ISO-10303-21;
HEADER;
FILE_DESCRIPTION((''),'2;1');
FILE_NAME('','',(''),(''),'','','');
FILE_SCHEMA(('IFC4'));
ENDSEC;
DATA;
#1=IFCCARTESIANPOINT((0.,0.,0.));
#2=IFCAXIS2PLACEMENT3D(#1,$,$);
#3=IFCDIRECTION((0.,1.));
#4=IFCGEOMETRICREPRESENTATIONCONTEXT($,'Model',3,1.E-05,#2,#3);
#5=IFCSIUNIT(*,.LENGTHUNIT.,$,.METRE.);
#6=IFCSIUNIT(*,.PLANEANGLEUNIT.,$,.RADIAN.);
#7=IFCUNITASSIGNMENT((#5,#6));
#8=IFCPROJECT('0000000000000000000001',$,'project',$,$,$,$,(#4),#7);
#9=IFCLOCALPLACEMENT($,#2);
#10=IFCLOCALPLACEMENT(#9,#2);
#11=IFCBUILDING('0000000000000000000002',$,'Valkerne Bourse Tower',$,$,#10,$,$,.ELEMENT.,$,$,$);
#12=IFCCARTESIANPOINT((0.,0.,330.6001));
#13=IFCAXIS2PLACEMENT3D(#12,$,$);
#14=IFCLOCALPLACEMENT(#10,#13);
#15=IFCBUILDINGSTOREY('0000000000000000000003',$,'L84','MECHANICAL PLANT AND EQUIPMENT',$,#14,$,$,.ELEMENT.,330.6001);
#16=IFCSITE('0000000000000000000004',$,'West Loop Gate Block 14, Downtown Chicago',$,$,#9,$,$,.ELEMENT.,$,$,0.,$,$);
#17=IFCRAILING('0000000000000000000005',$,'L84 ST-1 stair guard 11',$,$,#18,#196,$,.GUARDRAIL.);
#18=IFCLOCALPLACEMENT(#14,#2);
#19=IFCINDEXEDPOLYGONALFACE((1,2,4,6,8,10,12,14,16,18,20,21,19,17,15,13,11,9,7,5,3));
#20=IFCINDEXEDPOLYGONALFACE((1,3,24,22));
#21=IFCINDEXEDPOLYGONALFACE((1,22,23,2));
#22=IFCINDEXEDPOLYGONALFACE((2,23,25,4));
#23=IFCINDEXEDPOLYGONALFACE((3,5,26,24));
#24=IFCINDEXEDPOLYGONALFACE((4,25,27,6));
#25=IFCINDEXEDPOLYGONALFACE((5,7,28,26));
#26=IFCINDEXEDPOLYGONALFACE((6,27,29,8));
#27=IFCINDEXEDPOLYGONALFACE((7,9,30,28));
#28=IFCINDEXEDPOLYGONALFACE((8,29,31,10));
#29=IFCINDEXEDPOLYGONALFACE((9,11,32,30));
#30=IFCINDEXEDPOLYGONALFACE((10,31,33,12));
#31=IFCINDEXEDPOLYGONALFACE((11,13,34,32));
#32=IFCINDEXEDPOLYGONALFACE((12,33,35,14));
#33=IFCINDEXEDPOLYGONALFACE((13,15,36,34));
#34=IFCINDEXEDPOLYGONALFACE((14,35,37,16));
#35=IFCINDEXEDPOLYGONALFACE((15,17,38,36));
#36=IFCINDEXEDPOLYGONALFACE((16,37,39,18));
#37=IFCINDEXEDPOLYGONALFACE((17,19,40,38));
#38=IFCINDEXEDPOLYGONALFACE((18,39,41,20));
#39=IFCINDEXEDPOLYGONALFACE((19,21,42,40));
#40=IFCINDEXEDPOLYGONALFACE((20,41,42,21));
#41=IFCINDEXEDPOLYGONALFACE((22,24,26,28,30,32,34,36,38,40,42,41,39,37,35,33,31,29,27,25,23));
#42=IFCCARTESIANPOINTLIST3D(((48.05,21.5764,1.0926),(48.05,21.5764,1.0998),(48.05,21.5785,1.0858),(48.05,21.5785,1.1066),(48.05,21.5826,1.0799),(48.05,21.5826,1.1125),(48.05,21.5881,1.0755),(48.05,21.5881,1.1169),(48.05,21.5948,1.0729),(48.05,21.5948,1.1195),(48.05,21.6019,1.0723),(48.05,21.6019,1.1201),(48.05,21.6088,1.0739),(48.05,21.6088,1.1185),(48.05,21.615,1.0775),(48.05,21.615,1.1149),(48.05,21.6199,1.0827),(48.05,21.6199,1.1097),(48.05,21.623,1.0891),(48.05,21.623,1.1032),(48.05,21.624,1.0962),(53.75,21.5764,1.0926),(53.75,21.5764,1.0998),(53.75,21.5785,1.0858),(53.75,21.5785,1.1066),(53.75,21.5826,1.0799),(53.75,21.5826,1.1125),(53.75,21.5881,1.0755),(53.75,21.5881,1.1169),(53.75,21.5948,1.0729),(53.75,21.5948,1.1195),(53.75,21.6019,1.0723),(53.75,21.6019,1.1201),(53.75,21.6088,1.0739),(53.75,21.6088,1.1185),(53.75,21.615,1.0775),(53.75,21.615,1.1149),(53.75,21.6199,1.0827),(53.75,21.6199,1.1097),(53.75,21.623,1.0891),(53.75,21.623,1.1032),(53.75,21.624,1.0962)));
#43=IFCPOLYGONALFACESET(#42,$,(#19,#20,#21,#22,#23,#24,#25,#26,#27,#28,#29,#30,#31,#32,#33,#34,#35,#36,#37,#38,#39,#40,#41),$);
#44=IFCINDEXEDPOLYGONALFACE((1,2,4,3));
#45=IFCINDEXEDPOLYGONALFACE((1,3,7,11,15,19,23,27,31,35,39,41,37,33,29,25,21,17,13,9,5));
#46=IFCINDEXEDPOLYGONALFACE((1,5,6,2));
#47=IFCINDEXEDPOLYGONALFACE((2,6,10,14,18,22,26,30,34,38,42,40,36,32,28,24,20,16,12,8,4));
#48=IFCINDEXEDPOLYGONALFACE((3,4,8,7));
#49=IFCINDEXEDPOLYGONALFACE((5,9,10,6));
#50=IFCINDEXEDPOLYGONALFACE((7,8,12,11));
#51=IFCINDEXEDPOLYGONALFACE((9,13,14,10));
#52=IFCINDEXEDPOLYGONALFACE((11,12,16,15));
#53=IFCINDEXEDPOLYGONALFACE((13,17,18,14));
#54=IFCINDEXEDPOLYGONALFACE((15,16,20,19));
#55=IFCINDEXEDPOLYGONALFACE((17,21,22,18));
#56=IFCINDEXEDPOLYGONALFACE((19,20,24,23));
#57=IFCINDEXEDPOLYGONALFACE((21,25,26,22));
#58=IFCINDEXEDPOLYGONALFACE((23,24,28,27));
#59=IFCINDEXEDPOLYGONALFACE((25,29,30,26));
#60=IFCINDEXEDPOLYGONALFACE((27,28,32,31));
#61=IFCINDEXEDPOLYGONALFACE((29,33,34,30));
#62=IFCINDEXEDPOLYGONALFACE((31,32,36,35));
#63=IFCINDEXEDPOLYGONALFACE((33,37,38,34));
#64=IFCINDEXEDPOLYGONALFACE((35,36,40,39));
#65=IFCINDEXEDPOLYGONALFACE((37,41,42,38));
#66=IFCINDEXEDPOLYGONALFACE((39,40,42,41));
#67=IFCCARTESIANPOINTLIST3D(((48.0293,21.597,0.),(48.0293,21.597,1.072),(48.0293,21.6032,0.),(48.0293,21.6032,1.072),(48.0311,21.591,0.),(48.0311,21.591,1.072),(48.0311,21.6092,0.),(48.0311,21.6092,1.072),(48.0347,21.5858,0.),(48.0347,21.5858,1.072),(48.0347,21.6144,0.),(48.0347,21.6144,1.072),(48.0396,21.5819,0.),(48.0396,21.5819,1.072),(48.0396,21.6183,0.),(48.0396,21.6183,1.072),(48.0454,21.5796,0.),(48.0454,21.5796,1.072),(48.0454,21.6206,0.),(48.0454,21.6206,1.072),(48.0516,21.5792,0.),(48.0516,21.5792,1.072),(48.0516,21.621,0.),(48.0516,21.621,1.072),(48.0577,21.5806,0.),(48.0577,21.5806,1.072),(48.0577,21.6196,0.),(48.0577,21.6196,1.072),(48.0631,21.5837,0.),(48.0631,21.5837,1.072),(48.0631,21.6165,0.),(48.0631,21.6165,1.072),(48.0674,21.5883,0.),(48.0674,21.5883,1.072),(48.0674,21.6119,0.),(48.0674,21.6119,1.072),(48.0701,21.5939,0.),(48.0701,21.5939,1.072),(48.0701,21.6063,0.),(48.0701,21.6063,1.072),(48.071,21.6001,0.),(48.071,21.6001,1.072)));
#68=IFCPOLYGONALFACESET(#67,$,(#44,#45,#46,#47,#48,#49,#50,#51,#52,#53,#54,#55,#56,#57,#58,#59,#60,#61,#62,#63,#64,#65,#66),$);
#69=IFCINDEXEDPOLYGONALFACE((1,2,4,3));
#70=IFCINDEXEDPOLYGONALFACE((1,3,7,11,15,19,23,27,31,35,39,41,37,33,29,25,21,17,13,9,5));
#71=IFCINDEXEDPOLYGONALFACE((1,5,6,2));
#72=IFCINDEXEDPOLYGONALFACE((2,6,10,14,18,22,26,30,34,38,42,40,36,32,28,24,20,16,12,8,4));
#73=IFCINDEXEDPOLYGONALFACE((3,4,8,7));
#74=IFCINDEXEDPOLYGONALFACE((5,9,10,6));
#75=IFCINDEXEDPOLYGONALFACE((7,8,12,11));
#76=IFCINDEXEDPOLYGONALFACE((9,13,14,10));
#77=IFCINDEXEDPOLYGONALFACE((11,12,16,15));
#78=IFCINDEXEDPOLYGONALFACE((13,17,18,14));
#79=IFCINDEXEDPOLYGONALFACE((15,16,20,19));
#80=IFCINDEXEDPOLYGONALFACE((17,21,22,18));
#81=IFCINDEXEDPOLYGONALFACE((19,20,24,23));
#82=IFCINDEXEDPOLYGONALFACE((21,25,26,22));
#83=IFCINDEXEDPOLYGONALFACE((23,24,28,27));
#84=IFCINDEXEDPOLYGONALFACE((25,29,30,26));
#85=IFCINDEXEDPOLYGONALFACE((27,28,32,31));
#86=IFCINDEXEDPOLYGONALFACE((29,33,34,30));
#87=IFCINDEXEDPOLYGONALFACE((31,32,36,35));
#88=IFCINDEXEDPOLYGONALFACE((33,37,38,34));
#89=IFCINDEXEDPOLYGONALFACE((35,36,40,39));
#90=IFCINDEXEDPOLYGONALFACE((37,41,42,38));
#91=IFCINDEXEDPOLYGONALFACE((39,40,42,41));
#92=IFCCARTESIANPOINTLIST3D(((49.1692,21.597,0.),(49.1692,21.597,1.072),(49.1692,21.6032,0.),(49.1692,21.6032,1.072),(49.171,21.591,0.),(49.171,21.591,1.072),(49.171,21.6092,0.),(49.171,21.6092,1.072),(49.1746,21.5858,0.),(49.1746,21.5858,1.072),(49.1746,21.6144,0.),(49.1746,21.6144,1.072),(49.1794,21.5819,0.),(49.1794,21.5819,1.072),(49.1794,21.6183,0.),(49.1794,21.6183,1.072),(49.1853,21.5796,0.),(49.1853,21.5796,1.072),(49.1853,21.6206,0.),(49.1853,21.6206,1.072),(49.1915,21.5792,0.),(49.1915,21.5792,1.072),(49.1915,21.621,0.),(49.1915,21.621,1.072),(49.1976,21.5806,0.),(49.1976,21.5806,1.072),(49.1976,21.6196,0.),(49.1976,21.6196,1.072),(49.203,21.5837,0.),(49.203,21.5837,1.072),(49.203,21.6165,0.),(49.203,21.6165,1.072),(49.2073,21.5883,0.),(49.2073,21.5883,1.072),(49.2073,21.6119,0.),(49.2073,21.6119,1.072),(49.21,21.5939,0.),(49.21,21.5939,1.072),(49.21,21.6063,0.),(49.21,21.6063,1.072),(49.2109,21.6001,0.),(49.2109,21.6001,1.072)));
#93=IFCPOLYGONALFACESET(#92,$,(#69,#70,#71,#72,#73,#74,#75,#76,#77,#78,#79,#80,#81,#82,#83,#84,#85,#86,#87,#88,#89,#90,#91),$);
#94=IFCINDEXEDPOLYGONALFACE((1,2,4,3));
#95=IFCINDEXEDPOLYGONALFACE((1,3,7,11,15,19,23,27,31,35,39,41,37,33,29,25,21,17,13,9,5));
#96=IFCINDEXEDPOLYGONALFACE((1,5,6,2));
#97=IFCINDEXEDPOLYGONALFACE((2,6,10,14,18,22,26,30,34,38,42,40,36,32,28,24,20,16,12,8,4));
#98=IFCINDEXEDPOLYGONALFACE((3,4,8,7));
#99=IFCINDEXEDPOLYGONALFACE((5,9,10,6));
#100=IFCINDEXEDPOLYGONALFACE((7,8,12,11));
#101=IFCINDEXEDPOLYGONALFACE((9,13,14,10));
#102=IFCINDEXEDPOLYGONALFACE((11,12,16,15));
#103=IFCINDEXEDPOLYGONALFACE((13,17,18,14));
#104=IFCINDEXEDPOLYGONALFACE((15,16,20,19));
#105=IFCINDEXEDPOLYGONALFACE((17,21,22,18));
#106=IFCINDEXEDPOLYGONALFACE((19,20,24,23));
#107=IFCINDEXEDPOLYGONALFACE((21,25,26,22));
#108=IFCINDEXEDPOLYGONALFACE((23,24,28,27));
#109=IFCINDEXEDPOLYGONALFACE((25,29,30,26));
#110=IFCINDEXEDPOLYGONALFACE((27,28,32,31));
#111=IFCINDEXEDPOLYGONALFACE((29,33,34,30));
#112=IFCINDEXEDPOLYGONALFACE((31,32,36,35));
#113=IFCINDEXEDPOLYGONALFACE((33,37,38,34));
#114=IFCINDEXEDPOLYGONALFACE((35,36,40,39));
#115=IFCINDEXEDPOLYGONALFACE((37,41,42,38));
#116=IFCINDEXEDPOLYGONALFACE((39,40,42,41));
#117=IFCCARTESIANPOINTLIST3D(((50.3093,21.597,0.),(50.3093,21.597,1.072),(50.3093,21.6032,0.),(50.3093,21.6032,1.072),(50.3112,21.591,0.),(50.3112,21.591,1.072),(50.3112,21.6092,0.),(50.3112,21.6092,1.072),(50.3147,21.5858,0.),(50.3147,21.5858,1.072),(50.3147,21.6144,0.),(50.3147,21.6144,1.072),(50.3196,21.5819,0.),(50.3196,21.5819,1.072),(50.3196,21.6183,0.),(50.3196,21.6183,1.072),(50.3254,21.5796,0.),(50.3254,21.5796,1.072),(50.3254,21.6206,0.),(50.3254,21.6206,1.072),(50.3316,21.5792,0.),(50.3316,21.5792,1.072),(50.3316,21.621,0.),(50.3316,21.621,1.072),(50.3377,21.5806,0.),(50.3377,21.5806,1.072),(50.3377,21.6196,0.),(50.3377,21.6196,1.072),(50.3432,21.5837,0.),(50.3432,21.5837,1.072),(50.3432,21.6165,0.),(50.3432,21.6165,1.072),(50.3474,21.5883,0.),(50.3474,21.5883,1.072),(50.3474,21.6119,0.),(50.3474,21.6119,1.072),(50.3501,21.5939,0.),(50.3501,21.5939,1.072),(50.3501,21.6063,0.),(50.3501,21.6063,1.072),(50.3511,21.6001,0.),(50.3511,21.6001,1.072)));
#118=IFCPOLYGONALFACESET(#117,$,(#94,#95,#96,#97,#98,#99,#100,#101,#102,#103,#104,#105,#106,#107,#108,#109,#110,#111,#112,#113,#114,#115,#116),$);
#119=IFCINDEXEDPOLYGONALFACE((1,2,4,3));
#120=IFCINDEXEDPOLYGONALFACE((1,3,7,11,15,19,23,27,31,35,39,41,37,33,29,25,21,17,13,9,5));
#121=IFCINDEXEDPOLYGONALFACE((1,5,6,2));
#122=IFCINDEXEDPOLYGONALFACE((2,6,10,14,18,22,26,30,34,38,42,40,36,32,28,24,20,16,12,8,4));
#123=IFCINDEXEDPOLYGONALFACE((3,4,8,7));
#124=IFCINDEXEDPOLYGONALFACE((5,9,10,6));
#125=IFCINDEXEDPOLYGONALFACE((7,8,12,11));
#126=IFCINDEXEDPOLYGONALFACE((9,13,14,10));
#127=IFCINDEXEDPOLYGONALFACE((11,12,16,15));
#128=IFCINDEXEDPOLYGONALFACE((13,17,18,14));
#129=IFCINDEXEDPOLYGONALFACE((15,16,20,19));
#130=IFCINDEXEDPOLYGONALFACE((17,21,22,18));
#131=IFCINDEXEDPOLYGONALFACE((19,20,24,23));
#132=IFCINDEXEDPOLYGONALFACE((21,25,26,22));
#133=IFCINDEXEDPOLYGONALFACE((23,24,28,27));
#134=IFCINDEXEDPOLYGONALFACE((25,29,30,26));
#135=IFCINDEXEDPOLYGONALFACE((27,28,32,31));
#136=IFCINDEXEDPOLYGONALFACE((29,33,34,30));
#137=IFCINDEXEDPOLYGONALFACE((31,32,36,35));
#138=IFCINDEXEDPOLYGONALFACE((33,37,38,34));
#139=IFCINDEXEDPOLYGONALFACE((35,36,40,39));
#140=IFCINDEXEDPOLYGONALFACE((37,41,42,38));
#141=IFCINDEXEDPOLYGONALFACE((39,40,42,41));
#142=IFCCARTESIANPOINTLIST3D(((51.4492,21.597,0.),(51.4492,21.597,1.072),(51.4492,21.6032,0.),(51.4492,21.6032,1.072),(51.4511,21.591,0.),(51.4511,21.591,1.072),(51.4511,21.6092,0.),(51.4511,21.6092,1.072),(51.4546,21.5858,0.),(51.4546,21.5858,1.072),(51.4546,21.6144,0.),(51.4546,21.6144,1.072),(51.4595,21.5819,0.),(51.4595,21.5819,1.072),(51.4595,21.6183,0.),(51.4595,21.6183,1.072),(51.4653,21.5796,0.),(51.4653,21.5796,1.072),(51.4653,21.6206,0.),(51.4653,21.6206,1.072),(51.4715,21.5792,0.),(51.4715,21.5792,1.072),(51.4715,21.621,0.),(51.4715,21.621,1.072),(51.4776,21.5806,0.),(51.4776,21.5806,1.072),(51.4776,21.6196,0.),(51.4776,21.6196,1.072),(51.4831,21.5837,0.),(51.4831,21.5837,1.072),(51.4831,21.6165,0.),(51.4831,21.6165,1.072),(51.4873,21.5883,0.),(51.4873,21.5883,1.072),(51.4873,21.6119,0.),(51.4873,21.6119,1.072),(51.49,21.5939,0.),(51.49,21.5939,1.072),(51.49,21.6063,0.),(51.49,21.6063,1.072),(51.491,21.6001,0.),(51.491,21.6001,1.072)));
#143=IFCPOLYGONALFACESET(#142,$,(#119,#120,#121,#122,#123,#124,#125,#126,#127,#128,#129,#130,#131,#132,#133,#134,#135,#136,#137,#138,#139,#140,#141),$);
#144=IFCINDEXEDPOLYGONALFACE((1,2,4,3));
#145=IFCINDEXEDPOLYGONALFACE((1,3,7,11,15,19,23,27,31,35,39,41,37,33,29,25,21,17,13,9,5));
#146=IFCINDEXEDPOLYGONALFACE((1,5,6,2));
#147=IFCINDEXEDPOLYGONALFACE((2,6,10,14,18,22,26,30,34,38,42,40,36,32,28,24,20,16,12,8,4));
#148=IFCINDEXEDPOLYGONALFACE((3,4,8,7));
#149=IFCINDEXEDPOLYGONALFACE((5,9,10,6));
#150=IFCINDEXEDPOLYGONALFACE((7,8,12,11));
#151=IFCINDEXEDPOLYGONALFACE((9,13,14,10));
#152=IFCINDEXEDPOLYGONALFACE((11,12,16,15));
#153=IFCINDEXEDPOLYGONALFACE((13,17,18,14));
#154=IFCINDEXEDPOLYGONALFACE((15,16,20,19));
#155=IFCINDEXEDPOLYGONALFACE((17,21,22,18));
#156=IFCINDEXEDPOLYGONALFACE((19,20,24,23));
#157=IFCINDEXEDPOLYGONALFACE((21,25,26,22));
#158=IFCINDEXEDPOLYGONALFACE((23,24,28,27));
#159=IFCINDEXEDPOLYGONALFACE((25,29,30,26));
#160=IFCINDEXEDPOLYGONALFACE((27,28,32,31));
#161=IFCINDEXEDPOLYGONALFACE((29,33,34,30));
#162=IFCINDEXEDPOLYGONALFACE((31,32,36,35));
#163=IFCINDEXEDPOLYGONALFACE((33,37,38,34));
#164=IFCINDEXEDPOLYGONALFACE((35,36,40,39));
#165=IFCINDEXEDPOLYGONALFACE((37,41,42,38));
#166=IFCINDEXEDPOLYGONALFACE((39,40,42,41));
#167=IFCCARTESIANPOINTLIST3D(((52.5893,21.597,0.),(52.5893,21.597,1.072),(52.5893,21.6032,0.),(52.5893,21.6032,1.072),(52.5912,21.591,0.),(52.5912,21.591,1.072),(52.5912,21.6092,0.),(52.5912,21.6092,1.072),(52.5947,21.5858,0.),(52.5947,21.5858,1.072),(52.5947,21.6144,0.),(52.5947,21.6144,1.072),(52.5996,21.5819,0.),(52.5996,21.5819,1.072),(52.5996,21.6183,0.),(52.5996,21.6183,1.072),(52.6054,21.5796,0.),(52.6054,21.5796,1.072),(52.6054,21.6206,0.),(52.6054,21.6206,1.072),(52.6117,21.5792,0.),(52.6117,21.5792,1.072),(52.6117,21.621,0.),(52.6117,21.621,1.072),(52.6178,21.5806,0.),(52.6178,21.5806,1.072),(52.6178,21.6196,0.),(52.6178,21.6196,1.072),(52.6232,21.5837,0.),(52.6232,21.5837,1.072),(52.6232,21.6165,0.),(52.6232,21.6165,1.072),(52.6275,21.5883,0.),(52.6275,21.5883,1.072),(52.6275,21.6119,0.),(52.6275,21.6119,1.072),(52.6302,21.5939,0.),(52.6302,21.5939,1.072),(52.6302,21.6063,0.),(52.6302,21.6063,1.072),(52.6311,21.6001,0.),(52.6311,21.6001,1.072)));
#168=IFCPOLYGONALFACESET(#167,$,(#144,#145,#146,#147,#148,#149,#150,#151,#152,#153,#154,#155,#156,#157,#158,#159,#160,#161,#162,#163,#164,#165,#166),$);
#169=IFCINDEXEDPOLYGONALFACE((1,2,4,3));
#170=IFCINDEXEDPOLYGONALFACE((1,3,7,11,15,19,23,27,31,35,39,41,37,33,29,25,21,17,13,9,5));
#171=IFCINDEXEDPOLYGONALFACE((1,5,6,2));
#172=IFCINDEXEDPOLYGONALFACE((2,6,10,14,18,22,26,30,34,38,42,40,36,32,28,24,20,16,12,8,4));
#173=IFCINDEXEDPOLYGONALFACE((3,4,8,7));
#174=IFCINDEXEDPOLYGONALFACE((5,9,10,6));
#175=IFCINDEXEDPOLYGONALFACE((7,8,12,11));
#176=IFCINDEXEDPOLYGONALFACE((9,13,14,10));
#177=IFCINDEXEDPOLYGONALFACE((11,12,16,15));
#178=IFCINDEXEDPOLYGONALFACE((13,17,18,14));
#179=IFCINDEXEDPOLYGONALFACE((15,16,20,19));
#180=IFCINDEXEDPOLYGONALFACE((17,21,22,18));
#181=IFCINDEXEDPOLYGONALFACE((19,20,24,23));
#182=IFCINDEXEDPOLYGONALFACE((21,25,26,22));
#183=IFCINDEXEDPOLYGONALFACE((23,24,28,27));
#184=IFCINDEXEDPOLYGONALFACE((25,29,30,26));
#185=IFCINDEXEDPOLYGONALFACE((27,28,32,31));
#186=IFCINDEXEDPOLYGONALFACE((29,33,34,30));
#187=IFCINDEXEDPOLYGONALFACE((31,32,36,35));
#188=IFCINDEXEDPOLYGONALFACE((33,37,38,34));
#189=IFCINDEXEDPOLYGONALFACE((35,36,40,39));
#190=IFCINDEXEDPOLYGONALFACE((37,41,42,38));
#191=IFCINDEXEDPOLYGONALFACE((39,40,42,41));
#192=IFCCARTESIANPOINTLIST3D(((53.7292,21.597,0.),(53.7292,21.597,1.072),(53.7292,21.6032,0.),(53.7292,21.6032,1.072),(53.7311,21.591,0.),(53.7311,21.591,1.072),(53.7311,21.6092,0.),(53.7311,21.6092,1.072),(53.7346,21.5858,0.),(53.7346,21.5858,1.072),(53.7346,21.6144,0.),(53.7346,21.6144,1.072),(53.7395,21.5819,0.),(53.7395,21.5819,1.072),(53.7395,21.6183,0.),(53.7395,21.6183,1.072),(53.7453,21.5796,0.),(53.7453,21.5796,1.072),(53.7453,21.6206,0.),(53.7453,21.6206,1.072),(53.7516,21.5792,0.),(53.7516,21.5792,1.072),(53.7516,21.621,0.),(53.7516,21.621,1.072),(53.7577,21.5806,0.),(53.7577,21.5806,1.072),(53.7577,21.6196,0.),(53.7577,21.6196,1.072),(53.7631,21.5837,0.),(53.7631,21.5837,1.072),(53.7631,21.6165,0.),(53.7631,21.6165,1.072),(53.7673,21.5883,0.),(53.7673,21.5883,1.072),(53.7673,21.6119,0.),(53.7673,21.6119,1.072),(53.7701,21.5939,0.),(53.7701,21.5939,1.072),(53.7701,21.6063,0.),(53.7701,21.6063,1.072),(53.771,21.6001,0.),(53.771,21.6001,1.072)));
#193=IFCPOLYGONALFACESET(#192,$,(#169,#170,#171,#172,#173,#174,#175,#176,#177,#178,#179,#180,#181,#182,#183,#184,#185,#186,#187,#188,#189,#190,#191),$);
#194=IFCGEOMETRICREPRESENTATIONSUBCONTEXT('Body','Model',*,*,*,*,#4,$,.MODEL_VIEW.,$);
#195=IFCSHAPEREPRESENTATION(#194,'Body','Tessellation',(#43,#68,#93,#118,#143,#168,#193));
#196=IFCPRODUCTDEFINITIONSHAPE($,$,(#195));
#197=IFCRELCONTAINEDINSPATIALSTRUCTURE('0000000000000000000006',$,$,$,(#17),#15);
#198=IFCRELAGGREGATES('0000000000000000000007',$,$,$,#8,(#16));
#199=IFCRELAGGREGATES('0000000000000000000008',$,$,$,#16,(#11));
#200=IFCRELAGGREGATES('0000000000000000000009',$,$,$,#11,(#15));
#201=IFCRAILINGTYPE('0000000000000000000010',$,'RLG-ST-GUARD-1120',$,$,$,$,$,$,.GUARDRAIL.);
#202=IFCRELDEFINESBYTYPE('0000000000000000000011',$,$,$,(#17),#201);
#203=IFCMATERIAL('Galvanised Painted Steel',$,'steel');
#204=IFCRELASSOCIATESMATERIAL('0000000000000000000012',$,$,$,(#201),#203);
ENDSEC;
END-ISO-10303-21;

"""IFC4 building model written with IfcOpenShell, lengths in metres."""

from ifc_helpers import new_model, si_unit, direction, frame, origin, origin_2d, place, context, subcontext, project, spatial, circle, extrude, material, type_object, element, save


model = new_model("IFC4")

# Units and contexts
model_context = context("Model", 3, precision=1e-05, world=origin(), true_north=direction((0.0, 1.0)))
body_context = subcontext(model_context, "Body", "Model", "MODEL_VIEW")
ifc_project = project(units=[si_unit("LENGTHUNIT", "METRE"), si_unit("PLANEANGLEUNIT", "RADIAN")], contexts=[model_context])

# Site, building, storey
site_placement = place(None, origin())
site = spatial("IfcSite", under=ifc_project, at=site_placement, Name="West Loop Gate Block 14, Downtown Chicago", CompositionType="ELEMENT", RefElevation=0.0)
building_placement = place(site_placement, origin())
building = spatial("IfcBuilding", under=site, at=building_placement, Name="Valkerne Bourse Tower", CompositionType="ELEMENT")
storey_placement = place(building_placement, frame((0.0, 0.0, 330.6001)))
storey = spatial("IfcBuildingStorey", under=building, at=storey_placement, Name="L84", Description="MECHANICAL PLANT AND EQUIPMENT", CompositionType="ELEMENT", Elevation=330.6001)

# Shared definitions
ifc_material_1 = material(Name="Galvanised Painted Steel", Category="steel")

# Railing
railing_type_1 = type_object("IfcRailingType", Name="RLG-ST-GUARD-1120", PredefinedType="GUARDRAIL", material=ifc_material_1)
for number, where, name in (
    (1, (48.05, 21.6001, 0.0), "L84 ST-1 stair guard 11"),
):
    element("IfcRailing", number, at=place(storey_placement, frame(where)), inside=storey, type_object=railing_type_1, Name=name, PredefinedType="GUARDRAIL", context=body_context, shape_type="SweptSolid", body=[
        extrude(circle(Radius=0.0239, at=origin_2d()), frame((0.0, 0.0, 1.0962), z_axis=(1.0, 0.0, 0.0), x_axis=(0.0, 1.0, 0.0)), (0.0, 0.0, 1.0), 5.7),
        extrude(circle(Radius=0.021, at=origin_2d()), origin(), (0.0, 0.0, 1.0), 1.072),
        extrude(circle(Radius=0.021, at=origin_2d()), frame((1.1399, 0.0, 0.0)), (0.0, 0.0, 1.0), 1.072),
        extrude(circle(Radius=0.021, at=origin_2d()), frame((2.28, 0.0, 0.0)), (0.0, 0.0, 1.0), 1.072),
        extrude(circle(Radius=0.021, at=origin_2d()), frame((3.4199, 0.0, 0.0)), (0.0, 0.0, 1.0), 1.072),
        extrude(circle(Radius=0.021, at=origin_2d()), frame((4.5601, 0.0, 0.0)), (0.0, 0.0, 1.0), 1.072),
        extrude(circle(Radius=0.021, at=origin_2d()), frame((5.7, 0.0, 0.0)), (0.0, 0.0, 1.0), 1.072),
    ])

save(model, "model.ifc")
